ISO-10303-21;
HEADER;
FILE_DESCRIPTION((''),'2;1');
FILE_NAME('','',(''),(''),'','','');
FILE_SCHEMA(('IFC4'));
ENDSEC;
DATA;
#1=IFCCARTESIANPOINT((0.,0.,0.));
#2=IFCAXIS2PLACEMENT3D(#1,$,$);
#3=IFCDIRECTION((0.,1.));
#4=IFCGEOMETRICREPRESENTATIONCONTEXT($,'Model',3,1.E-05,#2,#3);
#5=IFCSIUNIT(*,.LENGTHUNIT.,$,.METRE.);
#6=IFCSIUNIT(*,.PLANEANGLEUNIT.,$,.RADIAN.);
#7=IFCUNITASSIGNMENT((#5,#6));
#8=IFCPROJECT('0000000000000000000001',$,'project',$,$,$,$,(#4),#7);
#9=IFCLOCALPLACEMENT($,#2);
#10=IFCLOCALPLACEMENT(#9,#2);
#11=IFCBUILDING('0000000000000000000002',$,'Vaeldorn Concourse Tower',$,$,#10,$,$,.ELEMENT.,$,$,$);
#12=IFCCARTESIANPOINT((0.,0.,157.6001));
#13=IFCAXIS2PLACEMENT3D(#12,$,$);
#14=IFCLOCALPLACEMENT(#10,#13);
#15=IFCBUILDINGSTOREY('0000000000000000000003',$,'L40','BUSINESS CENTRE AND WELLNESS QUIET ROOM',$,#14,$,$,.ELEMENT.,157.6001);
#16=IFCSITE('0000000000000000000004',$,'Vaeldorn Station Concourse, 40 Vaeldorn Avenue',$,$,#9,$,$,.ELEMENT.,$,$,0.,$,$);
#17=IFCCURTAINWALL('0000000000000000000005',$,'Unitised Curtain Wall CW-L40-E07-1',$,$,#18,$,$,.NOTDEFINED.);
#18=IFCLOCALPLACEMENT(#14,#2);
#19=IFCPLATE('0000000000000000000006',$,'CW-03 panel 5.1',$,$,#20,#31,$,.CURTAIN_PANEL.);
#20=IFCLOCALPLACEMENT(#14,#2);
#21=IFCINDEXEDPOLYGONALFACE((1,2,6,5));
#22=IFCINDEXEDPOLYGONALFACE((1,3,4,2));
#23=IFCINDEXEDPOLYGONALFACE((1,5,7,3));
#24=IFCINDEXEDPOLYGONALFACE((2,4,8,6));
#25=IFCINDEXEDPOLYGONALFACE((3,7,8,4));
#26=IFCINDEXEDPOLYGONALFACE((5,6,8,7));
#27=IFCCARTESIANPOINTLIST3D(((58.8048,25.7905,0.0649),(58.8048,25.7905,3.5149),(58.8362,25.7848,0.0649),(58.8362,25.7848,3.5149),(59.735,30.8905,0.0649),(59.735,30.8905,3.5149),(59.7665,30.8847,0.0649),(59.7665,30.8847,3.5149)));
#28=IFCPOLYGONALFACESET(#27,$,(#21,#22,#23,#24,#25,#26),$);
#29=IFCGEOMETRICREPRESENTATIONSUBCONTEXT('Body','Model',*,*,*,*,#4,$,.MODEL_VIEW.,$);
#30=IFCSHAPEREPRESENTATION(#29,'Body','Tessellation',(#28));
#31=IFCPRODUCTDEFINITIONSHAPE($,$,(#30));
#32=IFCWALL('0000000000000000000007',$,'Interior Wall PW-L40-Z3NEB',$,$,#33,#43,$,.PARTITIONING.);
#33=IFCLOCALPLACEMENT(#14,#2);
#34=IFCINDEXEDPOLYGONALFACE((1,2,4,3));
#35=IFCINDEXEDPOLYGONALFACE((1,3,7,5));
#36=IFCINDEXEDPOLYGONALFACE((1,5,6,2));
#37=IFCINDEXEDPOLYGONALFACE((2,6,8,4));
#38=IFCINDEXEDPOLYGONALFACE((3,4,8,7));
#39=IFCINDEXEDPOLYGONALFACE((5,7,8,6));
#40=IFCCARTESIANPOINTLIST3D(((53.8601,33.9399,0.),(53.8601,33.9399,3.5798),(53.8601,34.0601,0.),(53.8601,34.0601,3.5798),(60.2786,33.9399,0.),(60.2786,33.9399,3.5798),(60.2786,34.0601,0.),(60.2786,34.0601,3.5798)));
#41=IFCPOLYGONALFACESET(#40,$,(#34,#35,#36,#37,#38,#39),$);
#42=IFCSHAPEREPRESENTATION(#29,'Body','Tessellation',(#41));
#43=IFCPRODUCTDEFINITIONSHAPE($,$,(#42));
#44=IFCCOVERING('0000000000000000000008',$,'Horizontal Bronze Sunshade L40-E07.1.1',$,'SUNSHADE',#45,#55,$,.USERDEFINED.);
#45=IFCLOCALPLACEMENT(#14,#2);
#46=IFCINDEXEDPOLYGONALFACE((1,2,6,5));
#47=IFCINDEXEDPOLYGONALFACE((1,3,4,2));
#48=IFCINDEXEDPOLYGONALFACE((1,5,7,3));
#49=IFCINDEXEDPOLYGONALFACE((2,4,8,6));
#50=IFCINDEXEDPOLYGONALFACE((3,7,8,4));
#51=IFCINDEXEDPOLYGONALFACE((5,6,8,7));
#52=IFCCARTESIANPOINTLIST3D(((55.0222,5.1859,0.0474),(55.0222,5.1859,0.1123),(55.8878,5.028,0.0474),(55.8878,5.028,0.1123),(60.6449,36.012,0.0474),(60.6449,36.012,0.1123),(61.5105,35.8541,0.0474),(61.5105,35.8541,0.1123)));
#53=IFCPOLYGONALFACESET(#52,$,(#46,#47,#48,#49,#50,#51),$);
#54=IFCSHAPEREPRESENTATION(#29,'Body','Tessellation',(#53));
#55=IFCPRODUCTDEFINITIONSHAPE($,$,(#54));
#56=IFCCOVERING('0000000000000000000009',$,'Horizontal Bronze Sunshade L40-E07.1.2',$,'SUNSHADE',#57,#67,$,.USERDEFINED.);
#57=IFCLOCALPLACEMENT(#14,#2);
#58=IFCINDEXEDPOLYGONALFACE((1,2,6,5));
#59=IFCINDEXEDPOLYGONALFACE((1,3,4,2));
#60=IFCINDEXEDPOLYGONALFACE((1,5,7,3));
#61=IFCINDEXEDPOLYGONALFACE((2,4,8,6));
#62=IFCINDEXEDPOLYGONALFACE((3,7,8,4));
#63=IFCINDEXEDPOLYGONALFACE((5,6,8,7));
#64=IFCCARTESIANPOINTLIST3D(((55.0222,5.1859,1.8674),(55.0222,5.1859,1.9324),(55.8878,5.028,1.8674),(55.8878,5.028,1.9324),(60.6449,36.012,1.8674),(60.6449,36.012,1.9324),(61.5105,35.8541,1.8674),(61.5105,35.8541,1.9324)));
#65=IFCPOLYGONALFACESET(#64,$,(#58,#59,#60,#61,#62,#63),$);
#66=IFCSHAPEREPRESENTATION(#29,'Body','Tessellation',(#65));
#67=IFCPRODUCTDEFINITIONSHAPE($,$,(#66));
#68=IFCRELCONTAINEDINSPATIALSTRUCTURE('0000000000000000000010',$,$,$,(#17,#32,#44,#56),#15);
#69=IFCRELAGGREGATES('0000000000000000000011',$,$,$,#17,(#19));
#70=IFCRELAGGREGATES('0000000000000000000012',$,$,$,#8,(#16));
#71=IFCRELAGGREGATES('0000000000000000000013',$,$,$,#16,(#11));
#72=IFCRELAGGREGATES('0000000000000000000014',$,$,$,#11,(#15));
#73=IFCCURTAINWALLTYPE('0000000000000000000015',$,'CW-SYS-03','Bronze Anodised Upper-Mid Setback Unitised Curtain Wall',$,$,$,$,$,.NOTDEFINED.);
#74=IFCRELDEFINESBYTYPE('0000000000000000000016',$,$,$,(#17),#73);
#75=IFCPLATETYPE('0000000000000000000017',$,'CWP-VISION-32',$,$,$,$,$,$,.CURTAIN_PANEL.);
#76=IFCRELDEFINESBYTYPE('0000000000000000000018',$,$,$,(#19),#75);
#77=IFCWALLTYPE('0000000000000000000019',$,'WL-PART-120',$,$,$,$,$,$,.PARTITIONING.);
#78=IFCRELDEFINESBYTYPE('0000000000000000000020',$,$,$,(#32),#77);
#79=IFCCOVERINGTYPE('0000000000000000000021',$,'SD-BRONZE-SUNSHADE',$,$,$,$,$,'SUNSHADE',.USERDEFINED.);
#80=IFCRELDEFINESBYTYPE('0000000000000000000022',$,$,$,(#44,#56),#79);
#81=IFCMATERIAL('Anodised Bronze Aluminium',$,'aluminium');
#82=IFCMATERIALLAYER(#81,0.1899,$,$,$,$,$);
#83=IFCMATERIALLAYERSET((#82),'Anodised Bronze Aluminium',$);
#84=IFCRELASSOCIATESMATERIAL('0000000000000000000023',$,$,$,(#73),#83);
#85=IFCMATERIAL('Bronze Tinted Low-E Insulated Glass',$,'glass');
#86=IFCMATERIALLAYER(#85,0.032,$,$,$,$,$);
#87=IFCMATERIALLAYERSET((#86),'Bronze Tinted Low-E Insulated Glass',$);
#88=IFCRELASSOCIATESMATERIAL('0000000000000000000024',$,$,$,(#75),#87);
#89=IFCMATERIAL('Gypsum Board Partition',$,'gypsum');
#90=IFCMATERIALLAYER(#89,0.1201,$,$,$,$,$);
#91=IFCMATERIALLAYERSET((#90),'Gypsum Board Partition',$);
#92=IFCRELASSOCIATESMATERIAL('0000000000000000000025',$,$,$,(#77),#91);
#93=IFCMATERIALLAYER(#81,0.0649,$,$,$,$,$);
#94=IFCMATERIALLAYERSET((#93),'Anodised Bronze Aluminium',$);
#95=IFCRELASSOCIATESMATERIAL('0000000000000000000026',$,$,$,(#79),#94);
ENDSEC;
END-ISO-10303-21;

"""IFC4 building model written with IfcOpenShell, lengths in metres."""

from ifc_helpers import new_model, si_unit, direction, frame, frame_2d, origin, origin_2d, place, context, subcontext, project, spatial, rectangle, extrude, source, transform, mapped, material, layer, layer_set, type_object, element, aggregate, save


model = new_model("IFC4")

# Units and contexts
model_context = context("Model", 3, precision=1e-05, world=origin(), true_north=direction((0.0, 1.0)))
body_context = subcontext(model_context, "Body", "Model", "MODEL_VIEW")
ifc_project = project(units=[si_unit("LENGTHUNIT", "METRE"), si_unit("PLANEANGLEUNIT", "RADIAN")], contexts=[model_context])

# Site, building, storey
site_placement = place(None, origin())
site = spatial("IfcSite", under=ifc_project, at=site_placement, Name="Vaeldorn Station Concourse, 40 Vaeldorn Avenue", CompositionType="ELEMENT", RefElevation=0.0)
building_placement = place(site_placement, origin())
building = spatial("IfcBuilding", under=site, at=building_placement, Name="Vaeldorn Concourse Tower", CompositionType="ELEMENT")
storey_placement = place(building_placement, frame((0.0, 0.0, 157.6001)))
storey = spatial("IfcBuildingStorey", under=building, at=storey_placement, Name="L40", Description="BUSINESS CENTRE AND WELLNESS QUIET ROOM", CompositionType="ELEMENT", Elevation=157.6001)

# Curtain wall, plate
ifc_material_1 = material(Name="Anodised Bronze Aluminium", Category="aluminium")
ifc_layer_1 = layer(ifc_material_1, 0.1899)
ifc_layer_set_1 = layer_set([ifc_layer_1], Name="Anodised Bronze Aluminium")
curtain_wall_type = type_object("IfcCurtainWallType", Name="CW-SYS-03", Description="Bronze Anodised Upper-Mid Setback Unitised Curtain Wall", PredefinedType="NOTDEFINED", material=ifc_layer_set_1)
curtain_wall_placement = place(storey_placement, origin())
curtain_wall = element("IfcCurtainWall", 1, at=curtain_wall_placement, inside=storey, type_object=curtain_wall_type, Name="Unitised Curtain Wall CW-L40-E07-1", PredefinedType="NOTDEFINED")
ifc_material_2 = material(Name="Bronze Tinted Low-E Insulated Glass", Category="glass")
ifc_layer_2 = layer(ifc_material_2, 0.032)
ifc_layer_set_2 = layer_set([ifc_layer_2], Name="Bronze Tinted Low-E Insulated Glass")
plate_type = type_object("IfcPlateType", Name="CWP-VISION-32", PredefinedType="CURTAIN_PANEL", material=ifc_layer_set_2)
shared_shape_1 = source(origin(), body_context, "Body", "SweptSolid", [
    extrude(rectangle(XDim=5.1841, YDim=0.032, at=origin_2d()), origin(), (0.0, 0.0, 1.0), 3.45),
])
plate_1_placement = place(storey_placement, frame((59.2856, 28.3376, 0.0649), z_axis=(0.0, 0.0, 1.0), x_axis=(0.179446, 0.983768, 0.0)))
plate_1 = element("IfcPlate", 2, at=plate_1_placement, type_object=plate_type, Name="CW-03 panel 5.1", PredefinedType="CURTAIN_PANEL", context=body_context, shape_type="MappedRepresentation", body=[
    mapped(shared_shape_1, transform((0.0, 0.0, 0.0), scale=1.0)),
])
aggregate(curtain_wall, [plate_1])

# Shared definitions
ifc_material_3 = material(Name="Gypsum Board Partition", Category="gypsum")
ifc_layer_3 = layer(ifc_material_3, 0.1201)
ifc_layer_set_3 = layer_set([ifc_layer_3], Name="Gypsum Board Partition")
wall_type = type_object("IfcWallType", Name="WL-PART-120", PredefinedType="PARTITIONING", material=ifc_layer_set_3)

# Wall
wall_1_placement = place(storey_placement, frame((53.8601, 34.0, 0.0), z_axis=(0.0, 0.0, 1.0), x_axis=(1.0, 0.0, 0.0)))
element("IfcWall", 3, at=wall_1_placement, inside=storey, type_object=wall_type, Name="Interior Wall PW-L40-Z3NEB", PredefinedType="PARTITIONING", context=body_context, shape_type="SweptSolid", body=[
    extrude(rectangle(XDim=6.4185, YDim=0.1201, at=frame_2d((3.2092, 0.0))), origin(), (0.0, 0.0, 1.0), 3.5798),
])

# Coverings
ifc_layer_4 = layer(ifc_material_1, 0.0649)
ifc_layer_set_4 = layer_set([ifc_layer_4], Name="Anodised Bronze Aluminium")
covering_type = type_object("IfcCoveringType", Name="SD-BRONZE-SUNSHADE", ElementType="SUNSHADE", PredefinedType="USERDEFINED", material=ifc_layer_set_4)
shared_shape_2 = source(origin(), body_context, "Body", "SweptSolid", [
    extrude(rectangle(XDim=31.3347, YDim=0.8799, at=origin_2d()), origin(), (0.0, 0.0, 1.0), 0.0649),
])
for number, where, z_axis, x_axis, name in (
    (4, (58.2664, 20.52, 0.0474), (0.0, 0.0, 1.0), (0.179438, 0.983769, 0.0), "Horizontal Bronze Sunshade L40-E07.1.1"),
    (5, (58.2664, 20.52, 1.8674), (0.0, 0.0, 1.0), (0.179438, 0.983769, 0.0), "Horizontal Bronze Sunshade L40-E07.1.2"),
):
    element("IfcCovering", number, at=place(storey_placement, frame(where, z_axis=z_axis, x_axis=x_axis)), inside=storey, type_object=covering_type, Name=name, ObjectType="SUNSHADE", PredefinedType="USERDEFINED", context=body_context, shape_type="MappedRepresentation", body=[
        mapped(shared_shape_2, transform((0.0, 0.0, 0.0), scale=1.0)),
    ])

save(model, "model.ifc")
